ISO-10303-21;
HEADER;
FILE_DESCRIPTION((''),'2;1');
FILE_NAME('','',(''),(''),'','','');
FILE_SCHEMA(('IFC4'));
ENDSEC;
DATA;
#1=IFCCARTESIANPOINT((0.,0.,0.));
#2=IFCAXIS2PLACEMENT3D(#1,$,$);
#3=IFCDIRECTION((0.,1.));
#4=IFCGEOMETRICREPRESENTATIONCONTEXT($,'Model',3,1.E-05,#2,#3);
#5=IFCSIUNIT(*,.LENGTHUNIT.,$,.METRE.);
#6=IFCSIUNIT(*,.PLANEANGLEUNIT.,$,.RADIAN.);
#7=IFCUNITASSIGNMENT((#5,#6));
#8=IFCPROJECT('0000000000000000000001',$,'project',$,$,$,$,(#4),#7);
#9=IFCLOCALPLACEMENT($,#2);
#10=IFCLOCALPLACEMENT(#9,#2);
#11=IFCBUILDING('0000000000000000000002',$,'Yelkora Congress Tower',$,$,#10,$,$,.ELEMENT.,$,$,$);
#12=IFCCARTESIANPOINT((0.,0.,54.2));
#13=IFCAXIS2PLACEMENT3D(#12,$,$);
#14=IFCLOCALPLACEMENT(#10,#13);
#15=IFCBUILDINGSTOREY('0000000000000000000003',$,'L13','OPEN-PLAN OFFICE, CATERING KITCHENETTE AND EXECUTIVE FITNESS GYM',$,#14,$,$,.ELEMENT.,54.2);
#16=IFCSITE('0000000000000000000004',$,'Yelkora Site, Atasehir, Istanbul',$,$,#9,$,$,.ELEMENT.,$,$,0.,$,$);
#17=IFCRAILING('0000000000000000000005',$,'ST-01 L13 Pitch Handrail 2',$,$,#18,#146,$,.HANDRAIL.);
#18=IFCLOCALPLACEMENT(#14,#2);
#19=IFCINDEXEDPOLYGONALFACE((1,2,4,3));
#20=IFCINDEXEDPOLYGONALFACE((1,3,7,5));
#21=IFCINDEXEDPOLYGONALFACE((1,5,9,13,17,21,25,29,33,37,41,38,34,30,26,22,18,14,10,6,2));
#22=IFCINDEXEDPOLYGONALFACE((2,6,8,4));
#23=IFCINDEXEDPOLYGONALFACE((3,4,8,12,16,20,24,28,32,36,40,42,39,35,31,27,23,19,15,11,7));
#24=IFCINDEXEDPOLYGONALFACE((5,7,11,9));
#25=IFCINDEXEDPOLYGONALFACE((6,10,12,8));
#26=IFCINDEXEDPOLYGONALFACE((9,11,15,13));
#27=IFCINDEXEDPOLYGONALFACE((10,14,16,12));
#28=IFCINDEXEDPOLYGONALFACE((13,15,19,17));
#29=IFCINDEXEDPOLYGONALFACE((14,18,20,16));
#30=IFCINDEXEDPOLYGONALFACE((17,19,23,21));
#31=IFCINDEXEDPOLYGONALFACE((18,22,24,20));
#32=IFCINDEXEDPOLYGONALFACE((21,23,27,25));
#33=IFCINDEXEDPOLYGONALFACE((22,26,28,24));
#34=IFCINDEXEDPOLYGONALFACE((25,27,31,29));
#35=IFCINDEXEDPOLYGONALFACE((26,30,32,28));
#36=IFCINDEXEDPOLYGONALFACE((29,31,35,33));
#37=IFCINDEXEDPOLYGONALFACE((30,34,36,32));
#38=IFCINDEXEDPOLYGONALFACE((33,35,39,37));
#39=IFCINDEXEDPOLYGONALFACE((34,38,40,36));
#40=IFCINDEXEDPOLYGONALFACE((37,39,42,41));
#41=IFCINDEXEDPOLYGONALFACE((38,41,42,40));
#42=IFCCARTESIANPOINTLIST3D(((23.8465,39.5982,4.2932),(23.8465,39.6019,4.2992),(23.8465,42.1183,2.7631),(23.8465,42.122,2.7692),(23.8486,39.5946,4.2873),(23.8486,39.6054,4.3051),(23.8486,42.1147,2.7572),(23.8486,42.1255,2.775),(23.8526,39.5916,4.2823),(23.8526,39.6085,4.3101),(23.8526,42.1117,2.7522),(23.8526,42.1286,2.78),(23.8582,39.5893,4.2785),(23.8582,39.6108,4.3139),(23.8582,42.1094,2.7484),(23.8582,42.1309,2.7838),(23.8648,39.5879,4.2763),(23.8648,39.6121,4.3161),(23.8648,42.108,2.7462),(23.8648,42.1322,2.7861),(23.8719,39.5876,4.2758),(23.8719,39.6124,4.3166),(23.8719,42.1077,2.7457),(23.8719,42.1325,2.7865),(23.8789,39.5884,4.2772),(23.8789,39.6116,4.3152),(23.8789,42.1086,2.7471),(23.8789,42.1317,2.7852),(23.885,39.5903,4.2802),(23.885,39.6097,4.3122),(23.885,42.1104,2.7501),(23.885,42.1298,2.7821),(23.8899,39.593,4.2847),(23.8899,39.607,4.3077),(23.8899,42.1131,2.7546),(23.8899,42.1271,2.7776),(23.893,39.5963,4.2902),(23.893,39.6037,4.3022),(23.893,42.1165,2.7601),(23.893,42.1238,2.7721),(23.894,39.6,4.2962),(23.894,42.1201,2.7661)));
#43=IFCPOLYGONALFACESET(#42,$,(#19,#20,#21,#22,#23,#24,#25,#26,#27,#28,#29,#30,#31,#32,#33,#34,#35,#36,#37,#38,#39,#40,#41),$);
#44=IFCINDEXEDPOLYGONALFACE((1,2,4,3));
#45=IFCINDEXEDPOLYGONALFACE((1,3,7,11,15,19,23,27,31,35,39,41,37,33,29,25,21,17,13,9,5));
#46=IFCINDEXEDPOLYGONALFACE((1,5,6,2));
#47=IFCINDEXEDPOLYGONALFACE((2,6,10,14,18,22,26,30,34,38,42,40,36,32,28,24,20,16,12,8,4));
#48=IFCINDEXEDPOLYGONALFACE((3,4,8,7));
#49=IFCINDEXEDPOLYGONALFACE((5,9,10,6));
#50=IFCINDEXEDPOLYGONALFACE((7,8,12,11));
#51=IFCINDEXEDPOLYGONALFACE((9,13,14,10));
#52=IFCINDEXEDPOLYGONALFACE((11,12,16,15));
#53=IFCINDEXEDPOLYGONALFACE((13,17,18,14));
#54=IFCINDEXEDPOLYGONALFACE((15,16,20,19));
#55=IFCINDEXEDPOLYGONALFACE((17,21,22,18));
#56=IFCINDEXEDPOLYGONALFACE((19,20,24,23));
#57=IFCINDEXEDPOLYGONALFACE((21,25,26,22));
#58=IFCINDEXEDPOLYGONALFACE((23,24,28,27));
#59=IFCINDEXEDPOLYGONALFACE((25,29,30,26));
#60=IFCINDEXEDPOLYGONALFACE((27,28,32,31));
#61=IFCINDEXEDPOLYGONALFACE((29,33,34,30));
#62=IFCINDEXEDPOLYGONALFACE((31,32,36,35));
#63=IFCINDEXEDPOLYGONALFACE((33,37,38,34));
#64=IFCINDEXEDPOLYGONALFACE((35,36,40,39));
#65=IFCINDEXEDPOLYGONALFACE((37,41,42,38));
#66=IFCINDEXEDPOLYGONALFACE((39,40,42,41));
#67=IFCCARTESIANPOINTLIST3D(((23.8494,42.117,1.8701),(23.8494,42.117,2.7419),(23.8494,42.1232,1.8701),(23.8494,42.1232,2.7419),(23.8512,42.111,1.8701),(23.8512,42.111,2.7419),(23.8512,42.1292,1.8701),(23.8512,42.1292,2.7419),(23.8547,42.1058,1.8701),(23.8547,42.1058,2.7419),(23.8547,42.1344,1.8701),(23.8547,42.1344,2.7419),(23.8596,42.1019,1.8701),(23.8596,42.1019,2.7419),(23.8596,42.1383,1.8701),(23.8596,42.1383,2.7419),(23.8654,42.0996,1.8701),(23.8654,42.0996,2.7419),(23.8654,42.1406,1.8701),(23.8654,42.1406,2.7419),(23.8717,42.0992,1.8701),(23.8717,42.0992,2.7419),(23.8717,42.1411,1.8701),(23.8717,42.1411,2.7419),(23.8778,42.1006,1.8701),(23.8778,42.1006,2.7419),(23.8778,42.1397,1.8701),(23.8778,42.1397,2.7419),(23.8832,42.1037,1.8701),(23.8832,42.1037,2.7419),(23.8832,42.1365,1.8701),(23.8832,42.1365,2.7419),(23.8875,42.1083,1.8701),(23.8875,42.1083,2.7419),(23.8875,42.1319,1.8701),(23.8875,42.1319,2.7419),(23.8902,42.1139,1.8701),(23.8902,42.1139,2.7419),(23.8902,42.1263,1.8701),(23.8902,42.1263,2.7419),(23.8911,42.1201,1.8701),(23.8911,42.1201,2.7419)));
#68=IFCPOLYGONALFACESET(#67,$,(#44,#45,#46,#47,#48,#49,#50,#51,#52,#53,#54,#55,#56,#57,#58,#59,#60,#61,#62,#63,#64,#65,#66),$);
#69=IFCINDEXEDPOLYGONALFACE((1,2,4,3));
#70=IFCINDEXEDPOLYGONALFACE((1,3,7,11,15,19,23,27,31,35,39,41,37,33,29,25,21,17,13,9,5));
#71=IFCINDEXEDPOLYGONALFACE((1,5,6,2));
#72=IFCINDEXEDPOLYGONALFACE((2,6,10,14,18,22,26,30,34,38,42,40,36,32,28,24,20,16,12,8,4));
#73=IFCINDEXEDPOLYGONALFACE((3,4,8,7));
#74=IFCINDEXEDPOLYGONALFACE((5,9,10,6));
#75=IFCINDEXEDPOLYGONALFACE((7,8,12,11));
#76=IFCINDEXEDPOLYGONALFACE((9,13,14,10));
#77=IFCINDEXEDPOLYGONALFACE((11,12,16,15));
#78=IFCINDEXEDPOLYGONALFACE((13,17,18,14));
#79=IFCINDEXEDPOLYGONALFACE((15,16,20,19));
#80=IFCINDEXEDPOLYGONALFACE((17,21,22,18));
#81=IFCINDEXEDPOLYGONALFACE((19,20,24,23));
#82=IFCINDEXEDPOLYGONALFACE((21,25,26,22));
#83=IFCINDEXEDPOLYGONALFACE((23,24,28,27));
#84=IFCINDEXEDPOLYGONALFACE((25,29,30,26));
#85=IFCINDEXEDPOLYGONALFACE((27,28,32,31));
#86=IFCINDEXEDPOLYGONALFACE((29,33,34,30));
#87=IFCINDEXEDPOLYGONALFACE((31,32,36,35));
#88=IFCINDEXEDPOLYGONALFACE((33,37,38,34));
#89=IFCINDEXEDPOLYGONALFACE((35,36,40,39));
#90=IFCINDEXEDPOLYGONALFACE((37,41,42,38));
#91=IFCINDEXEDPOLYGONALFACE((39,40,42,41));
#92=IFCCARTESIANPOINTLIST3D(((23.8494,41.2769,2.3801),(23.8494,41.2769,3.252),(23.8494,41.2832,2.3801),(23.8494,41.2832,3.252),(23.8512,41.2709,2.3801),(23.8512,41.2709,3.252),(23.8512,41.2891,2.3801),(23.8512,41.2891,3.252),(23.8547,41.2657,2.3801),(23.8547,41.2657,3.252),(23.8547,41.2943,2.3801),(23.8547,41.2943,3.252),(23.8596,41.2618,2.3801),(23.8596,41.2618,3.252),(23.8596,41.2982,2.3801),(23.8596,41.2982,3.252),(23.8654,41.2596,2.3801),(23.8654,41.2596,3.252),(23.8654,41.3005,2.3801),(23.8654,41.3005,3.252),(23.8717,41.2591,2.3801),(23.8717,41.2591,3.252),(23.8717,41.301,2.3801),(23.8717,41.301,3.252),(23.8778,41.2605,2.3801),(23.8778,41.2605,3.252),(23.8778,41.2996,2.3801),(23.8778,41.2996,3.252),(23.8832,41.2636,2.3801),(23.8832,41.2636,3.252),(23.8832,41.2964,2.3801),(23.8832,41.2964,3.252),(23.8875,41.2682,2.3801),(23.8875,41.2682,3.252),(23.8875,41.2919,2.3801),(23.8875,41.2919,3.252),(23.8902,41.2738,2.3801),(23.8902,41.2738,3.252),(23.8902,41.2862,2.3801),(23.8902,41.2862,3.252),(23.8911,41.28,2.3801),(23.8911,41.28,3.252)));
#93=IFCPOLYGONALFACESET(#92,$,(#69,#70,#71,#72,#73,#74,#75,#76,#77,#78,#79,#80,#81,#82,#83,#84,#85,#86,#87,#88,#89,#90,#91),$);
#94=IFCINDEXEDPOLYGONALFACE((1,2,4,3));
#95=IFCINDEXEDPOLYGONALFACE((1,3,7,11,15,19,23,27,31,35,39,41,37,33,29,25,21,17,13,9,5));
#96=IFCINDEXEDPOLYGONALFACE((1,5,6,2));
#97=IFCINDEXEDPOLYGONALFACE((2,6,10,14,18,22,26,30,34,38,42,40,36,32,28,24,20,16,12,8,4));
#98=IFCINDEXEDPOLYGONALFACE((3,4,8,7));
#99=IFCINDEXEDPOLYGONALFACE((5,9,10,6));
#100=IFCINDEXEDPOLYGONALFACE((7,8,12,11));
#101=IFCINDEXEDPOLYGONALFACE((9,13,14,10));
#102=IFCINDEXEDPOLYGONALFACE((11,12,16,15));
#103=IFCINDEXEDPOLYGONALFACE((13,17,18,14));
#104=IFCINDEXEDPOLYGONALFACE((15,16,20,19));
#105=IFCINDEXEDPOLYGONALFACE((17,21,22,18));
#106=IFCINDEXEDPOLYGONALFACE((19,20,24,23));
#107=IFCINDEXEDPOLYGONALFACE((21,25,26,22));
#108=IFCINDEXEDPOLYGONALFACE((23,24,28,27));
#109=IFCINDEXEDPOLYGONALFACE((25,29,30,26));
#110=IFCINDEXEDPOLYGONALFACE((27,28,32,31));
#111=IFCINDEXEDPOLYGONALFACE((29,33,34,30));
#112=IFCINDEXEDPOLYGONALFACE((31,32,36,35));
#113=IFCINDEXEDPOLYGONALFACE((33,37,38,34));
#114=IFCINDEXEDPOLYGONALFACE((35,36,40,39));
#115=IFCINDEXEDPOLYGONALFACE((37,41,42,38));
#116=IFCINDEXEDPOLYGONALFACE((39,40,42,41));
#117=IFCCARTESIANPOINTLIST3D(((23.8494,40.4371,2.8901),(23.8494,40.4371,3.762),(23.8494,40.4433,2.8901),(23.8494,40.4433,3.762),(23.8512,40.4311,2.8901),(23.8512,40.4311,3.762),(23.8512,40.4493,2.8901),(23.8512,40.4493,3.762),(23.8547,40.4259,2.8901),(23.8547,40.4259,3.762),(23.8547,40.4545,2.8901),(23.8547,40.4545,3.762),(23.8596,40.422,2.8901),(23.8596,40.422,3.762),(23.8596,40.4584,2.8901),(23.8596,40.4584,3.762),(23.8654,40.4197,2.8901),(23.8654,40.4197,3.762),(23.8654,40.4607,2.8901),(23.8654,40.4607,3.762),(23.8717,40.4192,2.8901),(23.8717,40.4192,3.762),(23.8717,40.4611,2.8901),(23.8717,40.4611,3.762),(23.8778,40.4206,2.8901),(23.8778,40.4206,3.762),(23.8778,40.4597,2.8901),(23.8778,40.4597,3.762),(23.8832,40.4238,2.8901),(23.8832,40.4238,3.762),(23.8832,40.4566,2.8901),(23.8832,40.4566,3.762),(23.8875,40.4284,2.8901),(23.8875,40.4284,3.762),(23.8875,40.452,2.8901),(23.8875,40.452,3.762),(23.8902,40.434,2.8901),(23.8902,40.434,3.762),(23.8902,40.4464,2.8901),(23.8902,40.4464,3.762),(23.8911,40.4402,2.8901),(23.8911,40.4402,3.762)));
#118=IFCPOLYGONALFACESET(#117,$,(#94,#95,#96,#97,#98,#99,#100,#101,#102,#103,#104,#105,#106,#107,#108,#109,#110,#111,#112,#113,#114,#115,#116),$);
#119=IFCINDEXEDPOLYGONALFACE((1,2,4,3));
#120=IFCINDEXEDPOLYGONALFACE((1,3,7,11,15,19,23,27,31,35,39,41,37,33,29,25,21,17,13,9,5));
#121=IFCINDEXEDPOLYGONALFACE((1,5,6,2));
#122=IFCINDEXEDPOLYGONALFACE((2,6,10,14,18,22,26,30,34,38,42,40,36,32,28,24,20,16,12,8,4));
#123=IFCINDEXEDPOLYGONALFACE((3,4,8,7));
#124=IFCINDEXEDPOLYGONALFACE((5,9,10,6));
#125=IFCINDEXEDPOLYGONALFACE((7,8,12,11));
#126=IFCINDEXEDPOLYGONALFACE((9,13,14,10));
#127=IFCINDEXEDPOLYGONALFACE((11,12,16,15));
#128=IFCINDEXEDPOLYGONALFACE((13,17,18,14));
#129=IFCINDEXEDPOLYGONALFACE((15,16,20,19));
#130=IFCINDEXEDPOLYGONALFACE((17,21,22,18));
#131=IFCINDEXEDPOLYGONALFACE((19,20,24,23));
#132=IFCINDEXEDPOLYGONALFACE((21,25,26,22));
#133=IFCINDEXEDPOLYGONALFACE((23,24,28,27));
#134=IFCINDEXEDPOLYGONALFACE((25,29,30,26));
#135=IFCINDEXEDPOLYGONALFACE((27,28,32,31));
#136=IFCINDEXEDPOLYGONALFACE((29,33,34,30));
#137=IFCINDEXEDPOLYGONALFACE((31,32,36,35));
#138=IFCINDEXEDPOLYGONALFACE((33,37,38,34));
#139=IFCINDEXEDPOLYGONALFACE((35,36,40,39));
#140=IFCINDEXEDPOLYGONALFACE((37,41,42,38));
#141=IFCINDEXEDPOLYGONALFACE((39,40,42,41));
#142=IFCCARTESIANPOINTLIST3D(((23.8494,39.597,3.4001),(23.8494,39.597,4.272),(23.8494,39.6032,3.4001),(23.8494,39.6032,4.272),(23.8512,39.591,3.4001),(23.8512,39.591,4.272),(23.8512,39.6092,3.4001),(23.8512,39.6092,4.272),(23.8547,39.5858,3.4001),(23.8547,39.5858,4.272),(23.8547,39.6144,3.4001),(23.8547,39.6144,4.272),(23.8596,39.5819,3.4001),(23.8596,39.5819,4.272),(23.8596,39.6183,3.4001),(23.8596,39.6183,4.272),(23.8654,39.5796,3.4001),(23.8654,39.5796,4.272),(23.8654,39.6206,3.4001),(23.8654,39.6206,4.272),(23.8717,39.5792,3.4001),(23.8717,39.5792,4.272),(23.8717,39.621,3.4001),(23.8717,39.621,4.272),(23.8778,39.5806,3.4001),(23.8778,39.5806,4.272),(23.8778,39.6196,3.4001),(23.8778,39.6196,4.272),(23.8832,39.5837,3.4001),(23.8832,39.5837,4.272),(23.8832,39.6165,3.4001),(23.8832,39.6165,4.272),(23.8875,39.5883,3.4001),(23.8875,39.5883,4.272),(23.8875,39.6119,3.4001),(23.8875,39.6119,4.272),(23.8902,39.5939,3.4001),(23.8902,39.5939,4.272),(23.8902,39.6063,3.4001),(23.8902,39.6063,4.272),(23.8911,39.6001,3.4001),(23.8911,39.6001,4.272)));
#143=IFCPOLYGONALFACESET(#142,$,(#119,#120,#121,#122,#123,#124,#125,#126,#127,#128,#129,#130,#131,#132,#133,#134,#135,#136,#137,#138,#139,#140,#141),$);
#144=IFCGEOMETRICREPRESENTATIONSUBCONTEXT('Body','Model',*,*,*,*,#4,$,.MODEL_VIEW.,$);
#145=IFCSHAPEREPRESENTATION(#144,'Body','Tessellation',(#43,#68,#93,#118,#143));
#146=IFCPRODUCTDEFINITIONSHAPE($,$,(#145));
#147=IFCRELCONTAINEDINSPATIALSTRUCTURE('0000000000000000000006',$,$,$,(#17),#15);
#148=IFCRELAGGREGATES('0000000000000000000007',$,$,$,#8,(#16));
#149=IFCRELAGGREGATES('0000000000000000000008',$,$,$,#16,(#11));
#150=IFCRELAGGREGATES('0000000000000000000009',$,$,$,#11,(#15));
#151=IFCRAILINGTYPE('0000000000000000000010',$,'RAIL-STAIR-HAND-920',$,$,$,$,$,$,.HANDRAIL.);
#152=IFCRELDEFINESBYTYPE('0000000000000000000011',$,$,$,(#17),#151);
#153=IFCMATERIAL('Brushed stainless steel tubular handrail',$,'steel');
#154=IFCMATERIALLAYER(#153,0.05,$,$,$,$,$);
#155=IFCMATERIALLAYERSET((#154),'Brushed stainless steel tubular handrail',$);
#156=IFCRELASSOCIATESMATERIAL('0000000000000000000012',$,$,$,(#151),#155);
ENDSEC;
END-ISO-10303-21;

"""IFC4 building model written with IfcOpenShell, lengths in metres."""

from ifc_helpers import new_model, si_unit, direction, frame, origin, origin_2d, place, context, subcontext, project, spatial, circle, extrude, material, layer, layer_set, type_object, element, save


model = new_model("IFC4")

# Units and contexts
model_context = context("Model", 3, precision=1e-05, world=origin(), true_north=direction((0.0, 1.0)))
body_context = subcontext(model_context, "Body", "Model", "MODEL_VIEW")
ifc_project = project(units=[si_unit("LENGTHUNIT", "METRE"), si_unit("PLANEANGLEUNIT", "RADIAN")], contexts=[model_context])

# Site, building, storey
site_placement = place(None, origin())
site = spatial("IfcSite", under=ifc_project, at=site_placement, Name="Yelkora Site, Atasehir, Istanbul", CompositionType="ELEMENT", RefElevation=0.0)
building_placement = place(site_placement, origin())
building = spatial("IfcBuilding", under=site, at=building_placement, Name="Yelkora Congress Tower", CompositionType="ELEMENT")
storey_placement = place(building_placement, frame((0.0, 0.0, 54.2)))
storey = spatial("IfcBuildingStorey", under=building, at=storey_placement, Name="L13", Description="OPEN-PLAN OFFICE, CATERING KITCHENETTE AND EXECUTIVE FITNESS GYM", CompositionType="ELEMENT", Elevation=54.2)

# Railing
ifc_material_1 = material(Name="Brushed stainless steel tubular handrail", Category="steel")
ifc_layer_1 = layer(ifc_material_1, 0.05)
ifc_layer_set_1 = layer_set([ifc_layer_1], Name="Brushed stainless steel tubular handrail")
railing_type_1 = type_object("IfcRailingType", Name="RAIL-STAIR-HAND-920", PredefinedType="HANDRAIL", material=ifc_layer_set_1)
railing_1_placement = place(storey_placement, frame((23.8701, 42.1201, 1.8701)))
element("IfcRailing", 1, at=railing_1_placement, inside=storey, type_object=railing_type_1, Name="ST-01 L13 Pitch Handrail 2", PredefinedType="HANDRAIL", context=body_context, shape_type="SweptSolid", body=[
    extrude(circle(Radius=0.0239, at=origin_2d()), frame((0.0, 0.0, 0.896), z_axis=(0.0, -0.854785, 0.518982), x_axis=(1.0, 0.0, 0.0)), (0.0, 0.0, 1.0), 2.9482),
    extrude(circle(Radius=0.021, at=origin_2d()), origin(), (0.0, 0.0, 1.0), 0.8718),
    extrude(circle(Radius=0.021, at=origin_2d()), frame((0.0, -0.8401, 0.51)), (0.0, 0.0, 1.0), 0.8718),
    extrude(circle(Radius=0.021, at=origin_2d()), frame((0.0, -1.6799, 1.02)), (0.0, 0.0, 1.0), 0.8718),
    extrude(circle(Radius=0.021, at=origin_2d()), frame((0.0, -2.52, 1.53)), (0.0, 0.0, 1.0), 0.8718),
])

save(model, "model.ifc")
